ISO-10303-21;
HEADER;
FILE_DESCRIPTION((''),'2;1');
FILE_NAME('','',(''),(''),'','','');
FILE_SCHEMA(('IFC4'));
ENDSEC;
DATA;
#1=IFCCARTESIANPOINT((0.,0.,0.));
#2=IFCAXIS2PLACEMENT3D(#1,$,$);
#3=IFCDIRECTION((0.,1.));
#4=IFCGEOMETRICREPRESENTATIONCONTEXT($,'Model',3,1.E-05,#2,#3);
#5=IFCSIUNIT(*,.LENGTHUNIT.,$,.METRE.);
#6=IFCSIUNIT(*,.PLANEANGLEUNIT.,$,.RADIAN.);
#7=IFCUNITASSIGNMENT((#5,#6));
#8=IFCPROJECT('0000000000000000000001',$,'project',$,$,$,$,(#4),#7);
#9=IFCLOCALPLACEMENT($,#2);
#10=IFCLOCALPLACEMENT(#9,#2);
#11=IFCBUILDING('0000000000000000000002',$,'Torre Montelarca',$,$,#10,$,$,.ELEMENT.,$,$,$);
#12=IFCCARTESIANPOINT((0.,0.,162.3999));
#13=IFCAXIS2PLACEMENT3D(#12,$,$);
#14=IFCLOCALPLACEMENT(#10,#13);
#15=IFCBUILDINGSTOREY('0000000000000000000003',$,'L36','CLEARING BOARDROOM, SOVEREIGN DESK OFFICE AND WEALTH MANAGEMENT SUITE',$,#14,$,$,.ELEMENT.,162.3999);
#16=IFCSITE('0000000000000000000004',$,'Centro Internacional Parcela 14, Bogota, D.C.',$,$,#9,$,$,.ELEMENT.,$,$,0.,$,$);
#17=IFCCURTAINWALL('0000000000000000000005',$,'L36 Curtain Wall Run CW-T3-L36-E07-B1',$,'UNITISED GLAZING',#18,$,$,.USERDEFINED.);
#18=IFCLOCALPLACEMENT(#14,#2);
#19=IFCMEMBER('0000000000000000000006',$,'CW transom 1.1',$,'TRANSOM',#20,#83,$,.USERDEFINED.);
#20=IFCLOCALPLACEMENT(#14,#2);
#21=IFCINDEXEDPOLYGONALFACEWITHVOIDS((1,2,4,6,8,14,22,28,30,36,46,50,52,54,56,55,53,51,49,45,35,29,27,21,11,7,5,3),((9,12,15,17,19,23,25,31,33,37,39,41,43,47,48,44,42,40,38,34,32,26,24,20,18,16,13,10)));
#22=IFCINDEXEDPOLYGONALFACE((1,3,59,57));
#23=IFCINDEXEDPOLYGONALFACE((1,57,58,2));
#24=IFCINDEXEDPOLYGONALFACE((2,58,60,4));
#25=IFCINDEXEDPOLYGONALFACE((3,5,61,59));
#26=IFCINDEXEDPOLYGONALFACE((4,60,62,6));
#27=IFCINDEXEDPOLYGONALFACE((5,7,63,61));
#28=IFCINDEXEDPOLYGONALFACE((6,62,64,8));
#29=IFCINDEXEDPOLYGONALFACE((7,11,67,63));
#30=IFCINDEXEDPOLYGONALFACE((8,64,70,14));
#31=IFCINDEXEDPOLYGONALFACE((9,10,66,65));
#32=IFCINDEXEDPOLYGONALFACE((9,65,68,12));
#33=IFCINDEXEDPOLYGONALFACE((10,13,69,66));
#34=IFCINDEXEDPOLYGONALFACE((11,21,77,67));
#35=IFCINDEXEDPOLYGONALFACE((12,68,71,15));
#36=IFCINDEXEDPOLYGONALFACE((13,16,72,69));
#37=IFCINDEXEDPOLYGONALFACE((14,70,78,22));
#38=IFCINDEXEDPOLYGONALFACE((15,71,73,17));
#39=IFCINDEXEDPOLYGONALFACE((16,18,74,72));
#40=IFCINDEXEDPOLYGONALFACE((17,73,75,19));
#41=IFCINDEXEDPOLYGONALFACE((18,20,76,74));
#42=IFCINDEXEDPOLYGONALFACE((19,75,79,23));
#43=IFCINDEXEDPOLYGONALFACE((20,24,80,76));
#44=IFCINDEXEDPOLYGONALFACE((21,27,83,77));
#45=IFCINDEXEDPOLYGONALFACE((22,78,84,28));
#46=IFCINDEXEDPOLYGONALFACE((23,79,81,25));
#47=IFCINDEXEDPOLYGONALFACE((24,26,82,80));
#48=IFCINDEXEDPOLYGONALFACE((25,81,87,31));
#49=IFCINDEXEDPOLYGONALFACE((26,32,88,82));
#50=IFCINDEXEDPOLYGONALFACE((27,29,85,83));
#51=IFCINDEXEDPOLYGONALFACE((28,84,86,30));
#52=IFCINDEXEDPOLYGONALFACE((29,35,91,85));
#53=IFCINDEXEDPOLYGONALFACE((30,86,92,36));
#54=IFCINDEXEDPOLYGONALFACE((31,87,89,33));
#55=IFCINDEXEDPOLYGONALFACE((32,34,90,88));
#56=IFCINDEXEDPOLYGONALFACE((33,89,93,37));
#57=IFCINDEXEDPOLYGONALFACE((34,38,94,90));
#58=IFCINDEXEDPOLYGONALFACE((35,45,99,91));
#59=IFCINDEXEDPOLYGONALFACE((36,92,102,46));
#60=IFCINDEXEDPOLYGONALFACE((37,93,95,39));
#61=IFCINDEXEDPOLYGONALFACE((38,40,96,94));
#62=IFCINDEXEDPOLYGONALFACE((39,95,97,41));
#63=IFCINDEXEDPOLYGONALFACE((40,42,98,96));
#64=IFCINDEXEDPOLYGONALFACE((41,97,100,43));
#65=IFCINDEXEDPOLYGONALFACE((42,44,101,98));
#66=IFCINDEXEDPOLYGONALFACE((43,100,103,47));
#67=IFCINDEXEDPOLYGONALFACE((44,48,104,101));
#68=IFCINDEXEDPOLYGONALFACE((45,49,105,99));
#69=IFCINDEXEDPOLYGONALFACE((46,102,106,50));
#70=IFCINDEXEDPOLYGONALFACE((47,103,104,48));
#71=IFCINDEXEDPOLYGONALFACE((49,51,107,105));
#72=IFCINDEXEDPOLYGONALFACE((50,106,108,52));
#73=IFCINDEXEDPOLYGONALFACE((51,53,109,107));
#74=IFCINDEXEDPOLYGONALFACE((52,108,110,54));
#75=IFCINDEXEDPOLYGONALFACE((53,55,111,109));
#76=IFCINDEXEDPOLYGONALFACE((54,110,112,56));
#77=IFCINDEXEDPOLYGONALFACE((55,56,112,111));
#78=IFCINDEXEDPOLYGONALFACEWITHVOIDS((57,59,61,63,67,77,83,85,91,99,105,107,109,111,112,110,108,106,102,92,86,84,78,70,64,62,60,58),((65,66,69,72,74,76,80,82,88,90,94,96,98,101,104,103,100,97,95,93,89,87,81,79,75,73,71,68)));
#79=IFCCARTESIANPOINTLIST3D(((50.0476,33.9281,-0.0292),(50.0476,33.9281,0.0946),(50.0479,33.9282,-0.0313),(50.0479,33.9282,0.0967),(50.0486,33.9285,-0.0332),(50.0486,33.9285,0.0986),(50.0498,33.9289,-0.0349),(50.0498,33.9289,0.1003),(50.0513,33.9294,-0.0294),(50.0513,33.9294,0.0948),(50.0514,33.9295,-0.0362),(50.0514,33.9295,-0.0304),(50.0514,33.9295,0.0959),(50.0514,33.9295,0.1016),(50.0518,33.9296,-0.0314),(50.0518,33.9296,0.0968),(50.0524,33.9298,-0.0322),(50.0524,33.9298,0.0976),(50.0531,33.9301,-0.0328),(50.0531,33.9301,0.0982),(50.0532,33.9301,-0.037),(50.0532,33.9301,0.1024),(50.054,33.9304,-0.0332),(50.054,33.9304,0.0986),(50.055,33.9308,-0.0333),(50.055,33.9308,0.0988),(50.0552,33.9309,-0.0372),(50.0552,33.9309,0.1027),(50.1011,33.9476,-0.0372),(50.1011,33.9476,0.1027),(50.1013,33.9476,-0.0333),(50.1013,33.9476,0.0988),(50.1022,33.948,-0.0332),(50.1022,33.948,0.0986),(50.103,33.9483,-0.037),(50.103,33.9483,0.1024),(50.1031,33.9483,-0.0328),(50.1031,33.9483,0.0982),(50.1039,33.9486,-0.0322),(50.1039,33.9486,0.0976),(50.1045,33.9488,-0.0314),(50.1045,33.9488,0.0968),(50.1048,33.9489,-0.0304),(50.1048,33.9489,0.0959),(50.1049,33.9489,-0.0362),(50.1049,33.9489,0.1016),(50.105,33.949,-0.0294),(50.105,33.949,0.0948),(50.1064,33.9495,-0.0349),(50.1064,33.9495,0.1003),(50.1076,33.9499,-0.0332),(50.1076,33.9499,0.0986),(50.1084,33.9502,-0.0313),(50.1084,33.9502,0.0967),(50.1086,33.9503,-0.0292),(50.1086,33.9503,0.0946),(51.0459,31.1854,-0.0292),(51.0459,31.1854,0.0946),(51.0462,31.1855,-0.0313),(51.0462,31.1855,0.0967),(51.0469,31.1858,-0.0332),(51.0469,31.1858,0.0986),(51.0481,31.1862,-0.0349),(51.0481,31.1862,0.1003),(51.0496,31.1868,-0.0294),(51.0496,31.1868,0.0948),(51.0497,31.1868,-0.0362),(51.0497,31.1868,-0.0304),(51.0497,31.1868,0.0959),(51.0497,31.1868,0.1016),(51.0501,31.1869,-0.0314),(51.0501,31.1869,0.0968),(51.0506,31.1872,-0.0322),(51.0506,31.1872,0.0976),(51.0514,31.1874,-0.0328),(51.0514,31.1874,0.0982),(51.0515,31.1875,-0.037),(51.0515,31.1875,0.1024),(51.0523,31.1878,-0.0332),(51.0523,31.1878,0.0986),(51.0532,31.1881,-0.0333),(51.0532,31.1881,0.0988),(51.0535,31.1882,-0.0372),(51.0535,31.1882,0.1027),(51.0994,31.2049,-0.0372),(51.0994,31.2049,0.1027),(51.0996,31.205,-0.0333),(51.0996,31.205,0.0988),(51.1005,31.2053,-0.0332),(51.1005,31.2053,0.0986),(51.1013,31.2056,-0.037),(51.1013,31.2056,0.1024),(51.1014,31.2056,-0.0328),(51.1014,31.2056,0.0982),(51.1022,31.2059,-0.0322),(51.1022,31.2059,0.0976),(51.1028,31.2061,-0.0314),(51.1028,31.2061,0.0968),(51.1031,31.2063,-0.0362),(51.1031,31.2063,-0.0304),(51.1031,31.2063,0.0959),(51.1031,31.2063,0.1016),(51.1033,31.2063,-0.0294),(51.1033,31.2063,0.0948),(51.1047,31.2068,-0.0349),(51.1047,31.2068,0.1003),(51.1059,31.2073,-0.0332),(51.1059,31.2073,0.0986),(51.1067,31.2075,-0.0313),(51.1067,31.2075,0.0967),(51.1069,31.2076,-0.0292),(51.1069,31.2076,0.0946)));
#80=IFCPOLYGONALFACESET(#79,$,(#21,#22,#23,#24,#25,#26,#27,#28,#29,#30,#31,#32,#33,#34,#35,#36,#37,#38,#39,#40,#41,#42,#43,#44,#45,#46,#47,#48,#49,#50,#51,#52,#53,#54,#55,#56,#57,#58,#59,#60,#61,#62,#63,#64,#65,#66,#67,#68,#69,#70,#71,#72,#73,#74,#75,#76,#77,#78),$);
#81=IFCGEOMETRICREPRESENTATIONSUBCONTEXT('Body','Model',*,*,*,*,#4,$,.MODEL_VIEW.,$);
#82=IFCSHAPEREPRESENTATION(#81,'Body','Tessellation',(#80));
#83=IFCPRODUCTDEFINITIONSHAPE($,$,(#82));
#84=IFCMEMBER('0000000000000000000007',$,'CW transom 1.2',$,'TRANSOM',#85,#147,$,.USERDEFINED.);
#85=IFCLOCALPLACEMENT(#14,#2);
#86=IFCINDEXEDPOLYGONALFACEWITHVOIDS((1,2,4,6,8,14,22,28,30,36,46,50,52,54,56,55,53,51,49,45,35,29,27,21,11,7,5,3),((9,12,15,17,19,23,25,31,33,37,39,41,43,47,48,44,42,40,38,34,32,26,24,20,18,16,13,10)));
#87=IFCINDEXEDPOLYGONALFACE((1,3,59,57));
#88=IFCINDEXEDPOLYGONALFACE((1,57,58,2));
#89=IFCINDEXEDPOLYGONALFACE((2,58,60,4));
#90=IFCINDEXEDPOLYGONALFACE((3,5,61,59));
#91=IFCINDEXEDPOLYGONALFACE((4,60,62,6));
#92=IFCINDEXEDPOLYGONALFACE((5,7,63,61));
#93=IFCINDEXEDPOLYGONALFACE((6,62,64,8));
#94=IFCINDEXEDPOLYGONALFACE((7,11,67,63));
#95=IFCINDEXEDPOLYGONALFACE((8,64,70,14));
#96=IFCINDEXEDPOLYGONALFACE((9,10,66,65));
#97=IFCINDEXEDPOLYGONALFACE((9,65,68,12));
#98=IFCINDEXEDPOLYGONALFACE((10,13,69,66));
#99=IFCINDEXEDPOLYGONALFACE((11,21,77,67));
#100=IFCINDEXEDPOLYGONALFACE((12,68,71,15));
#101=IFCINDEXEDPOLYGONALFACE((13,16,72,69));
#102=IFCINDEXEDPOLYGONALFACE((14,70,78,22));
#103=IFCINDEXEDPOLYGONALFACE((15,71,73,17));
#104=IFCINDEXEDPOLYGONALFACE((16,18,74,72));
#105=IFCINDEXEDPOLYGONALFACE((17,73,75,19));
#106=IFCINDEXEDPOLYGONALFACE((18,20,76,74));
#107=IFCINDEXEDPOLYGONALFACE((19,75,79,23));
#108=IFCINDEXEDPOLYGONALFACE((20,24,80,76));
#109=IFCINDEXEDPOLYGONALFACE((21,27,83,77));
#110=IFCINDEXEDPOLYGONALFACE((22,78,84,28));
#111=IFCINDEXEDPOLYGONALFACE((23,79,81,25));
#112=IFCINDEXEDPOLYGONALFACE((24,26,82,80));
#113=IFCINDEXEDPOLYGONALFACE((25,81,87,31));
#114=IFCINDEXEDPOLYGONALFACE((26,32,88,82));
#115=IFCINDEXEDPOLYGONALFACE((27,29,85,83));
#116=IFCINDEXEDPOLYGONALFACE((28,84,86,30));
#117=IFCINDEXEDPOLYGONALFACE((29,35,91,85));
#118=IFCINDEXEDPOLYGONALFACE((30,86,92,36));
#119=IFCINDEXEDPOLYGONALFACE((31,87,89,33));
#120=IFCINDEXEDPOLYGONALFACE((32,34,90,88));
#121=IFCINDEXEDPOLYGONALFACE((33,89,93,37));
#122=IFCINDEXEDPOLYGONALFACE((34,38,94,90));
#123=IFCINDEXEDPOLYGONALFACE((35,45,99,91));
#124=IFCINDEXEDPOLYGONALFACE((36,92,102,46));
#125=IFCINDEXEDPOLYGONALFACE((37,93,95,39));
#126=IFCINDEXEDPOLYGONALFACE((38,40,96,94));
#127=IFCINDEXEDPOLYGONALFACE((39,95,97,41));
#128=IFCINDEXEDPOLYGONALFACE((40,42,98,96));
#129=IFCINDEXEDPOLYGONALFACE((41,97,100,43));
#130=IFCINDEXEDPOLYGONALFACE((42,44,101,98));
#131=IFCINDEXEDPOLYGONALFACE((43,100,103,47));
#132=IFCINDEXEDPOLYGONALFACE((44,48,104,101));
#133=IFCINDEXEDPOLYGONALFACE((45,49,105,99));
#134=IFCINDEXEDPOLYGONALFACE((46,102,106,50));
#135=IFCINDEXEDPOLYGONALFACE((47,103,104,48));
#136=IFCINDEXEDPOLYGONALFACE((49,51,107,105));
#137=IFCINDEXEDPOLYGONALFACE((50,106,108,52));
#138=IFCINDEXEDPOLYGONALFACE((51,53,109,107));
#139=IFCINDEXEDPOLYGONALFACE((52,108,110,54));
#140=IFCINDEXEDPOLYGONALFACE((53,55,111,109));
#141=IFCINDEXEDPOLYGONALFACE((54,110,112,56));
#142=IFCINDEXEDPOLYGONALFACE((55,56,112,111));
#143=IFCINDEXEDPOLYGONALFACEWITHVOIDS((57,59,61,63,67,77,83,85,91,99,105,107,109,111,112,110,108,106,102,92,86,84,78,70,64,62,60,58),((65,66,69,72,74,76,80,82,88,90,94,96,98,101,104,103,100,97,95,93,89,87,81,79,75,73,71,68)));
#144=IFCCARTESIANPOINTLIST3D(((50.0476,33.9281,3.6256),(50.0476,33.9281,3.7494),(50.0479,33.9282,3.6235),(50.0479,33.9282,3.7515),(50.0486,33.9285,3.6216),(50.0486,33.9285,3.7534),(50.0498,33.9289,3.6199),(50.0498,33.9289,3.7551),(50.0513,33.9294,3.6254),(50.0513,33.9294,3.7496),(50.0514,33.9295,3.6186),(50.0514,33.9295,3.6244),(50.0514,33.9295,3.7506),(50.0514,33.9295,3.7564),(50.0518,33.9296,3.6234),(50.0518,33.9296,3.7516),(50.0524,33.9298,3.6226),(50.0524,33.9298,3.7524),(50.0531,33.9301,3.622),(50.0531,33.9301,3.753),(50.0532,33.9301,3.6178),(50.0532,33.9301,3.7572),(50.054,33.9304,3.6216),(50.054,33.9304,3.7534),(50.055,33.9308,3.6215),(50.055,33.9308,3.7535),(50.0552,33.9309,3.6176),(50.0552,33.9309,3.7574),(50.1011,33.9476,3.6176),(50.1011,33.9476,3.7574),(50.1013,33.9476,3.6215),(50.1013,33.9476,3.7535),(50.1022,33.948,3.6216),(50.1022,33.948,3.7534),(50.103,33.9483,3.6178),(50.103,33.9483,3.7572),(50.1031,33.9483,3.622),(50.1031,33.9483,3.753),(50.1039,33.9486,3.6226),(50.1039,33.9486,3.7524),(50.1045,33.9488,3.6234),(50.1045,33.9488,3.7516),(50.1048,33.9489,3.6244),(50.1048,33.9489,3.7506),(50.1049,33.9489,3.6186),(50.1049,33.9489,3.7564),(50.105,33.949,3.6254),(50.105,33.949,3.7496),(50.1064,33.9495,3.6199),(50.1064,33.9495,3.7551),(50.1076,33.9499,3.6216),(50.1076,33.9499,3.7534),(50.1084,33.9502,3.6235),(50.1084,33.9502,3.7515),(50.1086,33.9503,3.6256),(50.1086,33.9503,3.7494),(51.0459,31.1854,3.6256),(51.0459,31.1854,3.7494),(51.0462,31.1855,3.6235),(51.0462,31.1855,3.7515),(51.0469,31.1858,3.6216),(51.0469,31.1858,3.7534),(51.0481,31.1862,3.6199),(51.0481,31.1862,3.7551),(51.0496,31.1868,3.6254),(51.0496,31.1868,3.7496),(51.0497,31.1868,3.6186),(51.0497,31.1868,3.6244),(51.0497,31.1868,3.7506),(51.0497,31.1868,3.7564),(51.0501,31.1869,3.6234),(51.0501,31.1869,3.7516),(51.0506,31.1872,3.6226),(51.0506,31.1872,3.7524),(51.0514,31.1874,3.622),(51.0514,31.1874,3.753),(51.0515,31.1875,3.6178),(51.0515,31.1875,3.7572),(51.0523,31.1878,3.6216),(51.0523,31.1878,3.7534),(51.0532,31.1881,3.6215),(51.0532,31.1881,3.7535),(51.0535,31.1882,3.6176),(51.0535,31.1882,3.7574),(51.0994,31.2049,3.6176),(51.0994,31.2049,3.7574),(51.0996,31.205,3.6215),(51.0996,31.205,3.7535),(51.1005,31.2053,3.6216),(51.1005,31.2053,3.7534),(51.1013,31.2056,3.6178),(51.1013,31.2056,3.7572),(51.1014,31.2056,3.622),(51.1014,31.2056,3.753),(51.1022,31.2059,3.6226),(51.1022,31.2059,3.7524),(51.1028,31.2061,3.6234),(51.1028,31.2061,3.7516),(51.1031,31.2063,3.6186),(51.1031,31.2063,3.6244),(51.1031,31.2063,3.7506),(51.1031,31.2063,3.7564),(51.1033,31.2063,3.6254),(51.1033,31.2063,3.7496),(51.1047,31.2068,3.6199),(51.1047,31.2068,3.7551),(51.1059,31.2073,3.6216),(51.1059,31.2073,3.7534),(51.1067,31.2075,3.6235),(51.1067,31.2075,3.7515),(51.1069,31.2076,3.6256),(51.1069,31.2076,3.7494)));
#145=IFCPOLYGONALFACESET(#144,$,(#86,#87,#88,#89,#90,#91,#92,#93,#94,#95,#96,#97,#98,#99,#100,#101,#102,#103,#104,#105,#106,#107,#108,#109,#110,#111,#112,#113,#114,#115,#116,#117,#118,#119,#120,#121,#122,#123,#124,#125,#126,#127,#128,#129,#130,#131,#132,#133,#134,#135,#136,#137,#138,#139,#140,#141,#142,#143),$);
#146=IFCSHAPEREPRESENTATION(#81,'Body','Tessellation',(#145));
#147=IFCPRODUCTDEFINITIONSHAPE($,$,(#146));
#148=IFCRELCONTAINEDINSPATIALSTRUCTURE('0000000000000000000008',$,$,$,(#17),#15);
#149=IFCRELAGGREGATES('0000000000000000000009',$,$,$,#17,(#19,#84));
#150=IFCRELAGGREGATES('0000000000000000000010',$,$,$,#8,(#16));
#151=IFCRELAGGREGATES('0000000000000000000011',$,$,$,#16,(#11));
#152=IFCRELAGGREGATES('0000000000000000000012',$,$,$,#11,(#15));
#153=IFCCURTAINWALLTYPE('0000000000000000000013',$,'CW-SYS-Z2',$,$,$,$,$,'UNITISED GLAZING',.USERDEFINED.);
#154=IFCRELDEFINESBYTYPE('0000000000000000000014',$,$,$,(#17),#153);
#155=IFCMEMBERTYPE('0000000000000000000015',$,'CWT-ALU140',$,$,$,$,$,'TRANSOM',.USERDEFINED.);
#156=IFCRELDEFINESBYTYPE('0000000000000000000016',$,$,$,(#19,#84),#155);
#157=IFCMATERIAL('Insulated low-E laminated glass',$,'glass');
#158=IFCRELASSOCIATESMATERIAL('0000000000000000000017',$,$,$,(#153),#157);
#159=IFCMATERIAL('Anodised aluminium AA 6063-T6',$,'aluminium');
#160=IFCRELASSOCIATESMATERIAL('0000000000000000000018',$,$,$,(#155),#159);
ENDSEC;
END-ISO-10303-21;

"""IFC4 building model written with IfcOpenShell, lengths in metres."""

from ifc_helpers import new_model, si_unit, direction, frame, origin, origin_2d, place, context, subcontext, project, spatial, hollow_rectangle, extrude, source, transform, mapped, material, material_profile, profile_set, type_object, element, aggregate, save


model = new_model("IFC4")

# Units and contexts
model_context = context("Model", 3, precision=1e-05, world=origin(), true_north=direction((0.0, 1.0)))
body_context = subcontext(model_context, "Body", "Model", "MODEL_VIEW")
ifc_project = project(units=[si_unit("LENGTHUNIT", "METRE"), si_unit("PLANEANGLEUNIT", "RADIAN")], contexts=[model_context])

# Site, building, storey
site_placement = place(None, origin())
site = spatial("IfcSite", under=ifc_project, at=site_placement, Name="Centro Internacional Parcela 14, Bogota, D.C.", CompositionType="ELEMENT", RefElevation=0.0)
building_placement = place(site_placement, origin())
building = spatial("IfcBuilding", under=site, at=building_placement, Name="Torre Montelarca", CompositionType="ELEMENT")
storey_placement = place(building_placement, frame((0.0, 0.0, 162.3999)))
storey = spatial("IfcBuildingStorey", under=building, at=storey_placement, Name="L36", Description="CLEARING BOARDROOM, SOVEREIGN DESK OFFICE AND WEALTH MANAGEMENT SUITE", CompositionType="ELEMENT", Elevation=162.3999)

# Curtain wall, members
ifc_material_1 = material(Name="Insulated low-E laminated glass", Category="glass")
curtain_wall_type = type_object("IfcCurtainWallType", Name="CW-SYS-Z2", ElementType="UNITISED GLAZING", PredefinedType="USERDEFINED", material=ifc_material_1)
curtain_wall_1_placement = place(storey_placement, origin())
curtain_wall_1 = element("IfcCurtainWall", 1, at=curtain_wall_1_placement, inside=storey, type_object=curtain_wall_type, Name="L36 Curtain Wall Run CW-T3-L36-E07-B1", ObjectType="UNITISED GLAZING", PredefinedType="USERDEFINED")
ifc_material_2 = material(Name="Anodised aluminium AA 6063-T6", Category="aluminium")
ifc_material_profile_1 = material_profile(ifc_material_2, hollow_rectangle(XDim=0.0649, YDim=0.1399, WallThickness=0.0039, InnerFilletRadius=0.0039, OuterFilletRadius=0.0081, at=origin_2d()), Name="ALU65X140X4", Category="aluminium")
ifc_profile_set_1 = profile_set([ifc_material_profile_1], Name="Anodised aluminium AA 6063-T6")
member_type_1 = type_object("IfcMemberType", Name="CWT-ALU140", ElementType="TRANSOM", PredefinedType="USERDEFINED", material=ifc_profile_set_1)
shared_shape_1 = source(origin(), body_context, "Body", "SweptSolid", [
    extrude(hollow_rectangle(XDim=0.0649, YDim=0.1399, WallThickness=0.0039, InnerFilletRadius=0.0039, OuterFilletRadius=0.0081, at=origin_2d()), origin(), (0.0, 0.0, 1.0), 2.9187),
])
member_1_placement = place(storey_placement, frame((51.0764, 31.1965, 0.0327), z_axis=(-0.342032, 0.939688, 0.0), x_axis=(-0.939688, -0.342032, 0.0)))
member_1 = element("IfcMember", 2, at=member_1_placement, type_object=member_type_1, Name="CW transom 1.1", ObjectType="TRANSOM", PredefinedType="USERDEFINED", context=body_context, shape_type="MappedRepresentation", body=[
    mapped(shared_shape_1, transform((0.0, 0.0, 0.0), scale=1.0)),
])
member_2_placement = place(storey_placement, frame((51.0764, 31.1965, 3.6875), z_axis=(-0.342032, 0.939688, 0.0), x_axis=(-0.939688, -0.342032, 0.0)))
member_2 = element("IfcMember", 3, at=member_2_placement, type_object=member_type_1, Name="CW transom 1.2", ObjectType="TRANSOM", PredefinedType="USERDEFINED", context=body_context, shape_type="MappedRepresentation", body=[
    mapped(shared_shape_1, transform((0.0, 0.0, 0.0), scale=1.0)),
])

aggregate(curtain_wall_1, [member_1, member_2])

save(model, "model.ifc")
